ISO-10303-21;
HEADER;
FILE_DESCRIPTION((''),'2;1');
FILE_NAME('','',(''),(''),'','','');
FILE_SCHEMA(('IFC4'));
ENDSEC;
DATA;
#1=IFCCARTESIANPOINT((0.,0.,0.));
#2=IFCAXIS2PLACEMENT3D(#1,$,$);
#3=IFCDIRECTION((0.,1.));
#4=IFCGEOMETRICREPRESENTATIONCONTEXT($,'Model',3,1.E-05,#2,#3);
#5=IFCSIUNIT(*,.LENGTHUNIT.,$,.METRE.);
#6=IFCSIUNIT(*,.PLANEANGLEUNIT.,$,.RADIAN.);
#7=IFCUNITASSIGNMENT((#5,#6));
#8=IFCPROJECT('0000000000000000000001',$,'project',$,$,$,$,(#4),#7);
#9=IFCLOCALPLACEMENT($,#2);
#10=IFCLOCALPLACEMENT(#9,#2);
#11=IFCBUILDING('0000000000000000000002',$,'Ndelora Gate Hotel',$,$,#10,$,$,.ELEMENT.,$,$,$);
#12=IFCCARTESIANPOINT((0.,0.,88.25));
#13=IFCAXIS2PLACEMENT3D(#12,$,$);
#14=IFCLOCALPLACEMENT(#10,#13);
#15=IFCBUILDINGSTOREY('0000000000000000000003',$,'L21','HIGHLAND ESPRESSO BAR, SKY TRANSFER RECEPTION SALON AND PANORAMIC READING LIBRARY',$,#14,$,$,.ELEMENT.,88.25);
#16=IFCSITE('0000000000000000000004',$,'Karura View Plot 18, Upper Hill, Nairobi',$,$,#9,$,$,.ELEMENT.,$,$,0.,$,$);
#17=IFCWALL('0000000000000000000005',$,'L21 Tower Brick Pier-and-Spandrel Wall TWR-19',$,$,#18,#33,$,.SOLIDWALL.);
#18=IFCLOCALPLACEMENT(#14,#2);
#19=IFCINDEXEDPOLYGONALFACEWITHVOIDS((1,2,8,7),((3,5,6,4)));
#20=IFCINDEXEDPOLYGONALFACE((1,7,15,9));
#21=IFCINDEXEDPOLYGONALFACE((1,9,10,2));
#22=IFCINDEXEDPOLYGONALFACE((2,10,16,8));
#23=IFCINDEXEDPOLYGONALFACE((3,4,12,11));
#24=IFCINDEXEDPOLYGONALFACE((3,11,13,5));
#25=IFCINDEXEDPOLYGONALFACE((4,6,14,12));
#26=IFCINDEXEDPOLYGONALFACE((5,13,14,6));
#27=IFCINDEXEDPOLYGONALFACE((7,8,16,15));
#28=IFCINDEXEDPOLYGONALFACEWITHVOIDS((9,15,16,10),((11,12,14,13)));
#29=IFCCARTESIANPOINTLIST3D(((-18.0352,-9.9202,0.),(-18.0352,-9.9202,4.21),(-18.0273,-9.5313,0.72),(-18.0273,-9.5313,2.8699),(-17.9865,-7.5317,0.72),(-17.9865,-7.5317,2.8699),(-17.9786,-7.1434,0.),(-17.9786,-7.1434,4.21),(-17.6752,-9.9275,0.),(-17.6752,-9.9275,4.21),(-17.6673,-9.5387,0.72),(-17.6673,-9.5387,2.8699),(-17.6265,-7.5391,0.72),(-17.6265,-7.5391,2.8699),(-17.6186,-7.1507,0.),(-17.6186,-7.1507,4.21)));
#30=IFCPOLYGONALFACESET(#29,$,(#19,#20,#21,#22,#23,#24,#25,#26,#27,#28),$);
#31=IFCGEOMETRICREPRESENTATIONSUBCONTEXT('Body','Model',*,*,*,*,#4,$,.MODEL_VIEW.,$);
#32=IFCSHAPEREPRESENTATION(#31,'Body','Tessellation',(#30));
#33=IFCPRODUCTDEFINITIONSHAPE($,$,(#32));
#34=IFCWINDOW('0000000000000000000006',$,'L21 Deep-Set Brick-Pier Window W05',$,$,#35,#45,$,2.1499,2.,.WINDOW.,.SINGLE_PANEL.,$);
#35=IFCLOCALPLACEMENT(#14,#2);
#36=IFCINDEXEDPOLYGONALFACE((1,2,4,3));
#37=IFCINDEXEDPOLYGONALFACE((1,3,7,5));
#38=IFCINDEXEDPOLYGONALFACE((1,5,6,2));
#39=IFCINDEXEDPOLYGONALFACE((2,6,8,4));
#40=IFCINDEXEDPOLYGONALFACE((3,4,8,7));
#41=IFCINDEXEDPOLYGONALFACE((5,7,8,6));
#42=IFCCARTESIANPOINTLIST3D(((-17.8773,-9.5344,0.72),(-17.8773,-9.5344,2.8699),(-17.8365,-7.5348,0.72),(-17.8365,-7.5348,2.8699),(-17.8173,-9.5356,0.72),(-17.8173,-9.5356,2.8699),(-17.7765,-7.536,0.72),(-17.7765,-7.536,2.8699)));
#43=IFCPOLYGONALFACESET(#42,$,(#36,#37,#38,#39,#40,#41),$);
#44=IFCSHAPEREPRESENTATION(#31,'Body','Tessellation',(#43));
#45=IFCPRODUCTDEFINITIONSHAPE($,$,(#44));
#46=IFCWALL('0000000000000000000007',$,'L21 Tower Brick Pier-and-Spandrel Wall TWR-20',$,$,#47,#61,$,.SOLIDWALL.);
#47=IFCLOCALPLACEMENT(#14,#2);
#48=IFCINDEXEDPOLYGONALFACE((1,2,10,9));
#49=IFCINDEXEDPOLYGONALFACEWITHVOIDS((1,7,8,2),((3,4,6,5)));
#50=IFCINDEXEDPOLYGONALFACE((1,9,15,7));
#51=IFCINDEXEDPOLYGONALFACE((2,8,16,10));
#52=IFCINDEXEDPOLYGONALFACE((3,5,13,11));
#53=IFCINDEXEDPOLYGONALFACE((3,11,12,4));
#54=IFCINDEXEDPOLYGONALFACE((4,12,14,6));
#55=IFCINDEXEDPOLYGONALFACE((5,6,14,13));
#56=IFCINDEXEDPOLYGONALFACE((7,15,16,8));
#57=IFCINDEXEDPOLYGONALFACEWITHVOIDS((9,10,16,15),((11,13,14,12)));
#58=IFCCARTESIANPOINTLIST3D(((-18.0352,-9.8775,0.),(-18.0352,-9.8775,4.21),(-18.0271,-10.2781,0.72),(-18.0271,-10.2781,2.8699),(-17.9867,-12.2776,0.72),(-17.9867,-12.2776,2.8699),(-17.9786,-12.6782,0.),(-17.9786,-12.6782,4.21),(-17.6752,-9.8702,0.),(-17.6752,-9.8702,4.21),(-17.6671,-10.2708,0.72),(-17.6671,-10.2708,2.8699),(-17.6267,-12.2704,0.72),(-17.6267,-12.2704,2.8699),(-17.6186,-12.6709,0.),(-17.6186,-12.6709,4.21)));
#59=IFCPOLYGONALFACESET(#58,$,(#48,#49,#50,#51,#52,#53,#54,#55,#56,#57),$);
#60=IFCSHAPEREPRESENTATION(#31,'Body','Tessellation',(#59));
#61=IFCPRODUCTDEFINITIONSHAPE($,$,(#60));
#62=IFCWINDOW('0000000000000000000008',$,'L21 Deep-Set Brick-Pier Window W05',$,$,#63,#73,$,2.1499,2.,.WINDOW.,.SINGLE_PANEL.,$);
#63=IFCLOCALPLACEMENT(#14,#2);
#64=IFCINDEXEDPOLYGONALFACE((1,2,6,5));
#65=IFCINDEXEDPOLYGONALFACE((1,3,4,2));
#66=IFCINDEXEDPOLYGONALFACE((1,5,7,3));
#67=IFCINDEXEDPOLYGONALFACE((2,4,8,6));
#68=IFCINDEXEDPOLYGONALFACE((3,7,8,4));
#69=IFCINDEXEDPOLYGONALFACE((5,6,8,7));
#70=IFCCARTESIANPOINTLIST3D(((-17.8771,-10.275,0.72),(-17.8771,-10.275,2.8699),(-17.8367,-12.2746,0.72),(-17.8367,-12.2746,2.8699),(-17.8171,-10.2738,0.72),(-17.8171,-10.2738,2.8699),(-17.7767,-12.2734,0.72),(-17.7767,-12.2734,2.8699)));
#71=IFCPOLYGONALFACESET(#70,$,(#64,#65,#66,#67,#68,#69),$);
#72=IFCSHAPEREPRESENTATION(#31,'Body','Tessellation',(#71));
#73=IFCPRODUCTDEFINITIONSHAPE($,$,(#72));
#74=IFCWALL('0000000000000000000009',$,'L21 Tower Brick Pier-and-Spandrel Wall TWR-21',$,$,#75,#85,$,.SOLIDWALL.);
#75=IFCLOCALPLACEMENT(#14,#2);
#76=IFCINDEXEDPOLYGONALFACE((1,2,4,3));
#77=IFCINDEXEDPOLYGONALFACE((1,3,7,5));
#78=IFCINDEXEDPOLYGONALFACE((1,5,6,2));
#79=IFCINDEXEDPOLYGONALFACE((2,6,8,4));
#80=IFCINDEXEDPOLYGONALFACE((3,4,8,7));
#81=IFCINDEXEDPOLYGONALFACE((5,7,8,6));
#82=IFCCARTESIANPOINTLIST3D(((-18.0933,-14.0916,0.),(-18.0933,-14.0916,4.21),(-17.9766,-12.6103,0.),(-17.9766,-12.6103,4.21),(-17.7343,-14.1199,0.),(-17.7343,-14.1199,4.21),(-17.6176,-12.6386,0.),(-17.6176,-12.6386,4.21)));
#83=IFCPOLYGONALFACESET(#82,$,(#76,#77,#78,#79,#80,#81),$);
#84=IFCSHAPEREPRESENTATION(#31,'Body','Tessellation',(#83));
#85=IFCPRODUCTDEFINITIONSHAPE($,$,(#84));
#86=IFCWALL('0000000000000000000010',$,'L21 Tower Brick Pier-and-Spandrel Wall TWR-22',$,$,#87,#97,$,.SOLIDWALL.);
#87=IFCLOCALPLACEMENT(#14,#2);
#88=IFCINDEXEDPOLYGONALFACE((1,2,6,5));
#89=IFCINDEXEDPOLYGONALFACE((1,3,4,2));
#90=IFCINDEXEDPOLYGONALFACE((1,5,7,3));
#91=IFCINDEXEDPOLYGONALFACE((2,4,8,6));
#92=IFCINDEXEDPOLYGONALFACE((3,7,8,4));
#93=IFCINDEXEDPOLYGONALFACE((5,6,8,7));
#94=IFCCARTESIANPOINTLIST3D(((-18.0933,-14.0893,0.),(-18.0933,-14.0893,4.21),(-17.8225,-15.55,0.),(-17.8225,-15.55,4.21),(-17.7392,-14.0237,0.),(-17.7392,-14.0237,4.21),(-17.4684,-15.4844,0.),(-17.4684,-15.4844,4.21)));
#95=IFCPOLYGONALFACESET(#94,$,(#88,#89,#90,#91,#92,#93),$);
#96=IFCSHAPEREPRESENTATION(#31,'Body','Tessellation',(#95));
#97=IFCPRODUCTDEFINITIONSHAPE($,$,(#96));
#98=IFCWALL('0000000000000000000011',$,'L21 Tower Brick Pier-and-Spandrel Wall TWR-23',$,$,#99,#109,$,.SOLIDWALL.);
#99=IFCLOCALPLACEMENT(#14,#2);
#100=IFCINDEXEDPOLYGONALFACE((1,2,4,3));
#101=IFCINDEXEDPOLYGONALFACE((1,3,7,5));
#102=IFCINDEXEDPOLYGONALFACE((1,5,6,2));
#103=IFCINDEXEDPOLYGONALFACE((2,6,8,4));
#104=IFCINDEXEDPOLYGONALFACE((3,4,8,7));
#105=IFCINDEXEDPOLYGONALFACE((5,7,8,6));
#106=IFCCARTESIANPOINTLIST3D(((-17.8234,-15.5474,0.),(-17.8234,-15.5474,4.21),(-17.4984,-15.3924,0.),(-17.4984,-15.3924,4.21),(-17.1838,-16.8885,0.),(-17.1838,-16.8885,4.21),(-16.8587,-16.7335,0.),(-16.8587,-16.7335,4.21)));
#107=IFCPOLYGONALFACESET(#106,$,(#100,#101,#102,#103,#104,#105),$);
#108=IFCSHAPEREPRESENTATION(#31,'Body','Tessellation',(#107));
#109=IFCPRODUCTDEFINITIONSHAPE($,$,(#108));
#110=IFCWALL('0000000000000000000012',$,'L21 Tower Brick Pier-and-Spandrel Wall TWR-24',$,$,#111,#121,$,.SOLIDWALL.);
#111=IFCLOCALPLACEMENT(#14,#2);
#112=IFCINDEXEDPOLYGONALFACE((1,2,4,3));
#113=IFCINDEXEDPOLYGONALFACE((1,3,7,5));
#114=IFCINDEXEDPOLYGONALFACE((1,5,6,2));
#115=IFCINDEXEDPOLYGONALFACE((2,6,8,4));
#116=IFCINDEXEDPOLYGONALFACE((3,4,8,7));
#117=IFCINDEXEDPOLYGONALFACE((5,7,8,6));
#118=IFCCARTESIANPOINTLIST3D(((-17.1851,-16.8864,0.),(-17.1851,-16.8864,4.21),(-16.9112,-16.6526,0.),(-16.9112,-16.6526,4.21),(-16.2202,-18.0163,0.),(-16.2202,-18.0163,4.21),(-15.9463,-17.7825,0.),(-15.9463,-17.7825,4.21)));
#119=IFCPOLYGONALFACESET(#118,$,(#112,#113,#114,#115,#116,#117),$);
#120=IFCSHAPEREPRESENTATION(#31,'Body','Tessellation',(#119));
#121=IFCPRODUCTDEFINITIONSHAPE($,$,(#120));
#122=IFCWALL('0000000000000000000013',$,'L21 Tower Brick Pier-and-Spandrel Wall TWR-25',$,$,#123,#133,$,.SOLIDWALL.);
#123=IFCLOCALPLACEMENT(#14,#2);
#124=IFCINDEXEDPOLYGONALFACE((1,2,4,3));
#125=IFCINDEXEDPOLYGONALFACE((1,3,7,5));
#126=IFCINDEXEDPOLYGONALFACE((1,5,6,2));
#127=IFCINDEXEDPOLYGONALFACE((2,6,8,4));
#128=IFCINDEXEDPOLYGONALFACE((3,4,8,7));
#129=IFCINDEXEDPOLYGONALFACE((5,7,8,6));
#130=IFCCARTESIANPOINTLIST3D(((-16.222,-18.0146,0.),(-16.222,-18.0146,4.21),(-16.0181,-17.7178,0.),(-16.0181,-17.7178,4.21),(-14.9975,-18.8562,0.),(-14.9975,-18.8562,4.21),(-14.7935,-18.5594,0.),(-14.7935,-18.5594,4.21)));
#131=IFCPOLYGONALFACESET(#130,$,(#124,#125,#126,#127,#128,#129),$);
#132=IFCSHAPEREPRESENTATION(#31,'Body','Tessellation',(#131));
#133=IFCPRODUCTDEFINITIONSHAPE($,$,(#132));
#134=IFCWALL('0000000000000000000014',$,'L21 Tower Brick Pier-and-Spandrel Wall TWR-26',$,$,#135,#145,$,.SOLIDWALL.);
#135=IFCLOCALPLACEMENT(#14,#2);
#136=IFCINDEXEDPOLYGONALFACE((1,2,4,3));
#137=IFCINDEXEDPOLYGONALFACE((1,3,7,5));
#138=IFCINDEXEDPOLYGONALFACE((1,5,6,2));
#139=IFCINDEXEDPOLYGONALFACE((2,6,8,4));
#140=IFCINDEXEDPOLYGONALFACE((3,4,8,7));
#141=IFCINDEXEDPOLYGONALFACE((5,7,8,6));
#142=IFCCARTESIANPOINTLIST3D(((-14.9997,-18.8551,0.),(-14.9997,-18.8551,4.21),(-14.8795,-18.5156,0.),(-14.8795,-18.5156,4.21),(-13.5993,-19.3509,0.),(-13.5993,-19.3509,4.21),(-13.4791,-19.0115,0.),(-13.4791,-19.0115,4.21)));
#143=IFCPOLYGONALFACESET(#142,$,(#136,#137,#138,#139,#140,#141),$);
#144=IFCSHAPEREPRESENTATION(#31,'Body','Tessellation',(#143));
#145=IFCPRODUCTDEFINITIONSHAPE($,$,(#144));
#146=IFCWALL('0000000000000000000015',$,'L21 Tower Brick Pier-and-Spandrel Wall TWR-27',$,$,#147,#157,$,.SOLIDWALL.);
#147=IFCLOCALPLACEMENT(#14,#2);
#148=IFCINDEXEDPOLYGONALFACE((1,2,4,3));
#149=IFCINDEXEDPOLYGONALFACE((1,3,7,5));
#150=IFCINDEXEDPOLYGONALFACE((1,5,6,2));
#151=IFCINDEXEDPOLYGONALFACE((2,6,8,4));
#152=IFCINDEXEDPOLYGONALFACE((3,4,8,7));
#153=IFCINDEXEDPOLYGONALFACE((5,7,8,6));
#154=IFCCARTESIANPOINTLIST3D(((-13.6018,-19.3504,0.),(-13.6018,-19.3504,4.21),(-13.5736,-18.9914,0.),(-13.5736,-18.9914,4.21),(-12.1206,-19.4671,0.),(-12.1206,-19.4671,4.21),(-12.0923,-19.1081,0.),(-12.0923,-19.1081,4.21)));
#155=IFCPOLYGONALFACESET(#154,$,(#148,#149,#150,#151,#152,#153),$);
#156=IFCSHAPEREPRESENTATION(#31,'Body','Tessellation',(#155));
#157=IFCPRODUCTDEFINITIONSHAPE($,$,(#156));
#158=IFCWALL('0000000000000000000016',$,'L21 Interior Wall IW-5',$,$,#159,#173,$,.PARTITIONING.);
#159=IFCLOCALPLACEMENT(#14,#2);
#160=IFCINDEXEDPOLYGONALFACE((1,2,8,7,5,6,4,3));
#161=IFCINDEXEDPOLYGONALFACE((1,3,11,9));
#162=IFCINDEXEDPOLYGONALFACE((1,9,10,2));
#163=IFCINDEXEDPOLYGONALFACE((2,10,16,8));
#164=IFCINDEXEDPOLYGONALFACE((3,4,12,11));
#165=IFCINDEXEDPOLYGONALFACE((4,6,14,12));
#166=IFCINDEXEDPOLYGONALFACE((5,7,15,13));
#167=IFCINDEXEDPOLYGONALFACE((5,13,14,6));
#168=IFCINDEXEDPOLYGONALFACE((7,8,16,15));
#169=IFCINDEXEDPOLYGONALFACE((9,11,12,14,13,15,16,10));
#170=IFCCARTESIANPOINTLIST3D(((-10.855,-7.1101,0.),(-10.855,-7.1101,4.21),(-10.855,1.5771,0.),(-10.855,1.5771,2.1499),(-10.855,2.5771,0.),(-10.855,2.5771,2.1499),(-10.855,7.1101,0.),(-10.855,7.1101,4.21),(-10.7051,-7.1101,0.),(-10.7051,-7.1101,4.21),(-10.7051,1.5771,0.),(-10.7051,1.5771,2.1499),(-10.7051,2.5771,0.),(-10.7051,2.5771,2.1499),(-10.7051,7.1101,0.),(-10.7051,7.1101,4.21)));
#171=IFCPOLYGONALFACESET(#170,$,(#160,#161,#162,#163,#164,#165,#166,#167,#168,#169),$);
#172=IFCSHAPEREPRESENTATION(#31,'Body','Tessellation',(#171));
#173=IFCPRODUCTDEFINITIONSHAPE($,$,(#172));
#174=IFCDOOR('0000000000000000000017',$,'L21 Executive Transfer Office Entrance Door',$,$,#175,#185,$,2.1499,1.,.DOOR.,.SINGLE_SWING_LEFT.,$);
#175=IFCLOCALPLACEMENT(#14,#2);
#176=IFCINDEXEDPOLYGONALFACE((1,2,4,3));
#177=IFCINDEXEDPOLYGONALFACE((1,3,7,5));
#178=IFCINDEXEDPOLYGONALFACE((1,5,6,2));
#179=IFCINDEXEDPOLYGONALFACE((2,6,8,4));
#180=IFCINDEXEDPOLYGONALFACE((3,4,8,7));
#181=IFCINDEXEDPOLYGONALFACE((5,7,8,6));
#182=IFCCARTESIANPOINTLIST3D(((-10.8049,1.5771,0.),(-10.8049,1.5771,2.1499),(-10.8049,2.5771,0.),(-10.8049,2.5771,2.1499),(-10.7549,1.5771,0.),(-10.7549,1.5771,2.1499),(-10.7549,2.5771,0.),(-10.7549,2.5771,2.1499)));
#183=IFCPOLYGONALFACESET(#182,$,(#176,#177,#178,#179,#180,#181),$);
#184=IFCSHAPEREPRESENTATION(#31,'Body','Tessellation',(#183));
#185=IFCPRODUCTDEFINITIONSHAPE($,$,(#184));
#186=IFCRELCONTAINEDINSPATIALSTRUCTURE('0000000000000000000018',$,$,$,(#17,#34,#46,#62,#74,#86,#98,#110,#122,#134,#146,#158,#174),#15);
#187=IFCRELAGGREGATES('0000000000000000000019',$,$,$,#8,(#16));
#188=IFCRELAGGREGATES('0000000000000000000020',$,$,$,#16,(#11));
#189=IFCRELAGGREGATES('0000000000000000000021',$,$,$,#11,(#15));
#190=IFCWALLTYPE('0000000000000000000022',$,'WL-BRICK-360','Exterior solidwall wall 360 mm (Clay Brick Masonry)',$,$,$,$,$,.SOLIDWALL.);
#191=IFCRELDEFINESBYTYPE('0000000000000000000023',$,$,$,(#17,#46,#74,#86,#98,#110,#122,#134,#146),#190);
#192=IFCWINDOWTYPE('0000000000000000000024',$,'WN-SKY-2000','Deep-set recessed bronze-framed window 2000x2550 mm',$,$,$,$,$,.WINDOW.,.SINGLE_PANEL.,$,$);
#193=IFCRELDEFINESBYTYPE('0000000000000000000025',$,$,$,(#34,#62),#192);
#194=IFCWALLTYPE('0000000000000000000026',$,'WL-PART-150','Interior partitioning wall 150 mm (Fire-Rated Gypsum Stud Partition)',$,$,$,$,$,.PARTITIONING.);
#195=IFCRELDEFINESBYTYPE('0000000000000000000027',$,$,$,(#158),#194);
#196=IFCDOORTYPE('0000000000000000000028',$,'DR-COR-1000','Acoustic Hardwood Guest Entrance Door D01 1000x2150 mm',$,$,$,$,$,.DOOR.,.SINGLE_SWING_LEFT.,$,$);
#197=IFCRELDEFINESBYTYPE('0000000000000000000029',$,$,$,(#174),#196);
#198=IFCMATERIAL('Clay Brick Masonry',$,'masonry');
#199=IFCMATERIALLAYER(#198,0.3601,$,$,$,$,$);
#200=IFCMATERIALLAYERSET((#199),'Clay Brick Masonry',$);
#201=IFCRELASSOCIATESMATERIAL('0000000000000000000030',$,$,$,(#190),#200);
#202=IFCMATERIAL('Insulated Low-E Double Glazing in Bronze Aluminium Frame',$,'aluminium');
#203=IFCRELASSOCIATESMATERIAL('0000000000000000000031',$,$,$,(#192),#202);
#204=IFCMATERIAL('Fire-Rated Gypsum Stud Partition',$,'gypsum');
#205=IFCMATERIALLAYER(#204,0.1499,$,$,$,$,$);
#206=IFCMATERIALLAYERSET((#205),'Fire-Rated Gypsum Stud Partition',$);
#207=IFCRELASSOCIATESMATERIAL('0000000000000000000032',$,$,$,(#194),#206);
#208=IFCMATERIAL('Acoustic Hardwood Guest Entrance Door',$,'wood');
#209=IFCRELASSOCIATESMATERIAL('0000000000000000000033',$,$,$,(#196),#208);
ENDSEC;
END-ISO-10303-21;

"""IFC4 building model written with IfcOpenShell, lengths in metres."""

from ifc_helpers import new_model, si_unit, direction, frame, frame_2d, origin, place, context, subcontext, project, spatial, rectangle, extrude, material, layer, layer_set, type_object, element, fill, save


model = new_model("IFC4")

# Units and contexts
model_context = context("Model", 3, precision=1e-05, world=origin(), true_north=direction((0.0, 1.0)))
body_context = subcontext(model_context, "Body", "Model", "MODEL_VIEW")
ifc_project = project(units=[si_unit("LENGTHUNIT", "METRE"), si_unit("PLANEANGLEUNIT", "RADIAN")], contexts=[model_context])

# Site, building, storey
site_placement = place(None, origin())
site = spatial("IfcSite", under=ifc_project, at=site_placement, Name="Karura View Plot 18, Upper Hill, Nairobi", CompositionType="ELEMENT", RefElevation=0.0)
building_placement = place(site_placement, origin())
building = spatial("IfcBuilding", under=site, at=building_placement, Name="Ndelora Gate Hotel", CompositionType="ELEMENT")
storey_placement = place(building_placement, frame((0.0, 0.0, 88.25)))
storey = spatial("IfcBuildingStorey", under=building, at=storey_placement, Name="L21", Description="HIGHLAND ESPRESSO BAR, SKY TRANSFER RECEPTION SALON AND PANORAMIC READING LIBRARY", CompositionType="ELEMENT", Elevation=88.25)

# Shared definitions
ifc_material_1 = material(Name="Clay Brick Masonry", Category="masonry")
ifc_layer_1 = layer(ifc_material_1, 0.3601)
ifc_layer_set_1 = layer_set([ifc_layer_1], Name="Clay Brick Masonry")
wall_type_1 = type_object("IfcWallType", Name="WL-BRICK-360", Description="Exterior solidwall wall 360 mm (Clay Brick Masonry)", PredefinedType="SOLIDWALL", material=ifc_layer_set_1)

# Walls, openings, windows
wall_1_placement = place(storey_placement, frame((-17.8552, -9.9238, 0.0), z_axis=(0.0, 0.0, 1.0), x_axis=(0.020393, 0.999792, 0.0)))
wall_1 = element("IfcWall", 1, at=wall_1_placement, inside=storey, type_object=wall_type_1, Name="L21 Tower Brick Pier-and-Spandrel Wall TWR-19", PredefinedType="SOLIDWALL", context=body_context, shape_type="SweptSolid", body=[
    extrude(rectangle(XDim=2.7773, YDim=0.3601, at=frame_2d((1.3887, 0.0))), origin(), (0.0, 0.0, 1.0), 4.21),
])
opening_1_placement = place(wall_1_placement, frame((0.3889, 0.0, 0.72)))
opening_1 = element("IfcOpeningElement", 2, at=opening_1_placement, cuts=wall_1, PredefinedType="OPENING", context=body_context, shape_type="SweptSolid", body=[
    extrude(rectangle(XDim=2.0, YDim=2.1499, at=frame_2d((1.0, 1.075))), frame((0.0, 0.1899, 0.0), z_axis=(0.0, -1.0, 0.0), x_axis=(1.0, 0.0, 0.0)), (0.0, 0.0, 1.0), 0.3801),
])
ifc_material_2 = material(Name="Insulated Low-E Double Glazing in Bronze Aluminium Frame", Category="aluminium")
window_type = type_object("IfcWindowType", Name="WN-SKY-2000", Description="Deep-set recessed bronze-framed window 2000x2550 mm", PartitioningType="SINGLE_PANEL", PredefinedType="WINDOW", material=ifc_material_2)
window_1_placement = place(opening_1_placement, origin())
window_1 = element("IfcWindow", 3, at=window_1_placement, inside=storey, type_object=window_type, Name="L21 Deep-Set Brick-Pier Window W05", OverallHeight=2.1499, OverallWidth=2.0, PartitioningType="SINGLE_PANEL", PredefinedType="WINDOW", context=body_context, shape_type="SweptSolid", body=[
    extrude(rectangle(XDim=2.0, YDim=2.1499, at=frame_2d((1.0, 1.075))), frame((0.0, 0.03, 0.0), z_axis=(0.0, -1.0, 0.0), x_axis=(1.0, 0.0, 0.0)), (0.0, 0.0, 1.0), 0.0601),
])
fill(opening_1, window_1)
wall_2_placement = place(storey_placement, frame((-17.7986, -12.6746, 0.0), z_axis=(0.0, 0.0, 1.0), x_axis=(-0.020219, 0.999796, 0.0)))
wall_2 = element("IfcWall", 4, at=wall_2_placement, inside=storey, type_object=wall_type_1, Name="L21 Tower Brick Pier-and-Spandrel Wall TWR-20", PredefinedType="SOLIDWALL", context=body_context, shape_type="SweptSolid", body=[
    extrude(rectangle(XDim=2.8013, YDim=0.3601, at=frame_2d((1.4006, 0.0))), origin(), (0.0, 0.0, 1.0), 4.21),
])
opening_2_placement = place(wall_2_placement, frame((0.4006, 0.0, 0.72)))
opening_2 = element("IfcOpeningElement", 5, at=opening_2_placement, cuts=wall_2, PredefinedType="OPENING", context=body_context, shape_type="SweptSolid", body=[
    extrude(rectangle(XDim=2.0, YDim=2.1499, at=frame_2d((1.0, 1.075))), frame((0.0, 0.1899, 0.0), z_axis=(0.0, -1.0, 0.0), x_axis=(1.0, 0.0, 0.0)), (0.0, 0.0, 1.0), 0.3801),
])
window_2_placement = place(opening_2_placement, origin())
window_2 = element("IfcWindow", 6, at=window_2_placement, inside=storey, type_object=window_type, Name="L21 Deep-Set Brick-Pier Window W05", OverallHeight=2.1499, OverallWidth=2.0, PartitioningType="SINGLE_PANEL", PredefinedType="WINDOW", context=body_context, shape_type="SweptSolid", body=[
    extrude(rectangle(XDim=2.0, YDim=2.1499, at=frame_2d((1.0, 1.075))), frame((0.0, 0.03, 0.0), z_axis=(0.0, -1.0, 0.0), x_axis=(1.0, 0.0, 0.0)), (0.0, 0.0, 1.0), 0.0601),
])
fill(opening_2, window_2)

# Walls
wall_3_placement = place(storey_placement, frame((-17.9138, -14.1057, 0.0), z_axis=(0.0, 0.0, 1.0), x_axis=(0.078543, 0.996911, 0.0)))
element("IfcWall", 7, at=wall_3_placement, inside=storey, type_object=wall_type_1, Name="L21 Tower Brick Pier-and-Spandrel Wall TWR-21", PredefinedType="SOLIDWALL", context=body_context, shape_type="SweptSolid", body=[
    extrude(rectangle(XDim=1.4858, YDim=0.3601, at=frame_2d((0.7429, 0.0))), origin(), (0.0, 0.0, 1.0), 4.21),
])
wall_4_placement = place(storey_placement, frame((-17.6455, -15.5171, 0.0), z_axis=(0.0, 0.0, 1.0), x_axis=(-0.182254, 0.983251, 0.0)))
element("IfcWall", 8, at=wall_4_placement, inside=storey, type_object=wall_type_1, Name="L21 Tower Brick Pier-and-Spandrel Wall TWR-22", PredefinedType="SOLIDWALL", context=body_context, shape_type="SweptSolid", body=[
    extrude(rectangle(XDim=1.4856, YDim=0.3601, at=frame_2d((0.7427, 0.0))), origin(), (0.0, 0.0, 1.0), 4.21),
])
for number, where, z_axis, x_axis, name in (
    (9, (-17.0212, -16.811, 0.0), (0.0, 0.0, 1.0), (-0.430508, 0.902587, 0.0), "L21 Tower Brick Pier-and-Spandrel Wall TWR-23"),
    (10, (-16.0833, -17.8994, 0.0), (0.0, 0.0, 1.0), (-0.649383, 0.760462, 0.0), "L21 Tower Brick Pier-and-Spandrel Wall TWR-24"),
    (11, (-14.8955, -18.7078, 0.0), (0.0, 0.0, 1.0), (-0.824157, 0.566361, 0.0), "L21 Tower Brick Pier-and-Spandrel Wall TWR-25"),
):
    element("IfcWall", number, at=place(storey_placement, frame(where, z_axis=z_axis, x_axis=x_axis)), inside=storey, type_object=wall_type_1, Name=name, PredefinedType="SOLIDWALL", context=body_context, shape_type="SweptSolid", body=[
        extrude(rectangle(XDim=1.4858, YDim=0.3601, at=frame_2d((0.7429, 0.0))), origin(), (0.0, 0.0, 1.0), 4.21),
    ])
wall_5_placement = place(storey_placement, frame((-13.5393, -19.1812, 0.0), z_axis=(0.0, 0.0, 1.0), x_axis=(-0.942653, 0.333774, 0.0)))
element("IfcWall", 12, at=wall_5_placement, inside=storey, type_object=wall_type_1, Name="L21 Tower Brick Pier-and-Spandrel Wall TWR-26", PredefinedType="SOLIDWALL", context=body_context, shape_type="SweptSolid", body=[
    extrude(rectangle(XDim=1.4856, YDim=0.3601, at=frame_2d((0.7427, 0.0))), origin(), (0.0, 0.0, 1.0), 4.21),
])
wall_6_placement = place(storey_placement, frame((-12.1064, -19.2876, 0.0), z_axis=(0.0, 0.0, 1.0), x_axis=(-0.996911, 0.078543, 0.0)))
element("IfcWall", 13, at=wall_6_placement, inside=storey, type_object=wall_type_1, Name="L21 Tower Brick Pier-and-Spandrel Wall TWR-27", PredefinedType="SOLIDWALL", context=body_context, shape_type="SweptSolid", body=[
    extrude(rectangle(XDim=1.4858, YDim=0.3601, at=frame_2d((0.7429, 0.0))), origin(), (0.0, 0.0, 1.0), 4.21),
])

# Wall, opening, door
ifc_material_3 = material(Name="Fire-Rated Gypsum Stud Partition", Category="gypsum")
ifc_layer_2 = layer(ifc_material_3, 0.1499)
ifc_layer_set_2 = layer_set([ifc_layer_2], Name="Fire-Rated Gypsum Stud Partition")
wall_type_2 = type_object("IfcWallType", Name="WL-PART-150", Description="Interior partitioning wall 150 mm (Fire-Rated Gypsum Stud Partition)", PredefinedType="PARTITIONING", material=ifc_layer_set_2)
wall_7_placement = place(storey_placement, frame((-10.78, -7.1101, 0.0), z_axis=(0.0, 0.0, 1.0), x_axis=(0.0, 1.0, 0.0)))
wall_7 = element("IfcWall", 14, at=wall_7_placement, inside=storey, type_object=wall_type_2, Name="L21 Interior Wall IW-5", PredefinedType="PARTITIONING", context=body_context, shape_type="SweptSolid", body=[
    extrude(rectangle(XDim=14.2202, YDim=0.1499, at=frame_2d((7.1101, 0.0))), origin(), (0.0, 0.0, 1.0), 4.21),
])
opening_3_placement = place(wall_7_placement, frame((8.6873, 0.0, 0.0)))
opening_3 = element("IfcOpeningElement", 15, at=opening_3_placement, cuts=wall_7, PredefinedType="OPENING", context=body_context, shape_type="SweptSolid", body=[
    extrude(rectangle(XDim=1.0, YDim=2.1499, at=frame_2d((0.5, 1.075))), frame((0.0, 0.085, 0.0), z_axis=(0.0, -1.0, 0.0), x_axis=(1.0, 0.0, 0.0)), (0.0, 0.0, 1.0), 0.1699),
])
ifc_material_4 = material(Name="Acoustic Hardwood Guest Entrance Door", Category="wood")
door_type = type_object("IfcDoorType", Name="DR-COR-1000", Description="Acoustic Hardwood Guest Entrance Door D01 1000x2150 mm", OperationType="SINGLE_SWING_LEFT", PredefinedType="DOOR", material=ifc_material_4)
door_placement = place(opening_3_placement, origin())
door = element("IfcDoor", 16, at=door_placement, inside=storey, type_object=door_type, Name="L21 Executive Transfer Office Entrance Door", OperationType="SINGLE_SWING_LEFT", OverallHeight=2.1499, OverallWidth=1.0, PredefinedType="DOOR", context=body_context, shape_type="SweptSolid", body=[
    extrude(rectangle(XDim=1.0, YDim=2.1499, at=frame_2d((0.5, 1.075))), frame((0.0, 0.0249, 0.0), z_axis=(0.0, -1.0, 0.0), x_axis=(1.0, 0.0, 0.0)), (0.0, 0.0, 1.0), 0.05),
])
fill(opening_3, door)

save(model, "model.ifc")
